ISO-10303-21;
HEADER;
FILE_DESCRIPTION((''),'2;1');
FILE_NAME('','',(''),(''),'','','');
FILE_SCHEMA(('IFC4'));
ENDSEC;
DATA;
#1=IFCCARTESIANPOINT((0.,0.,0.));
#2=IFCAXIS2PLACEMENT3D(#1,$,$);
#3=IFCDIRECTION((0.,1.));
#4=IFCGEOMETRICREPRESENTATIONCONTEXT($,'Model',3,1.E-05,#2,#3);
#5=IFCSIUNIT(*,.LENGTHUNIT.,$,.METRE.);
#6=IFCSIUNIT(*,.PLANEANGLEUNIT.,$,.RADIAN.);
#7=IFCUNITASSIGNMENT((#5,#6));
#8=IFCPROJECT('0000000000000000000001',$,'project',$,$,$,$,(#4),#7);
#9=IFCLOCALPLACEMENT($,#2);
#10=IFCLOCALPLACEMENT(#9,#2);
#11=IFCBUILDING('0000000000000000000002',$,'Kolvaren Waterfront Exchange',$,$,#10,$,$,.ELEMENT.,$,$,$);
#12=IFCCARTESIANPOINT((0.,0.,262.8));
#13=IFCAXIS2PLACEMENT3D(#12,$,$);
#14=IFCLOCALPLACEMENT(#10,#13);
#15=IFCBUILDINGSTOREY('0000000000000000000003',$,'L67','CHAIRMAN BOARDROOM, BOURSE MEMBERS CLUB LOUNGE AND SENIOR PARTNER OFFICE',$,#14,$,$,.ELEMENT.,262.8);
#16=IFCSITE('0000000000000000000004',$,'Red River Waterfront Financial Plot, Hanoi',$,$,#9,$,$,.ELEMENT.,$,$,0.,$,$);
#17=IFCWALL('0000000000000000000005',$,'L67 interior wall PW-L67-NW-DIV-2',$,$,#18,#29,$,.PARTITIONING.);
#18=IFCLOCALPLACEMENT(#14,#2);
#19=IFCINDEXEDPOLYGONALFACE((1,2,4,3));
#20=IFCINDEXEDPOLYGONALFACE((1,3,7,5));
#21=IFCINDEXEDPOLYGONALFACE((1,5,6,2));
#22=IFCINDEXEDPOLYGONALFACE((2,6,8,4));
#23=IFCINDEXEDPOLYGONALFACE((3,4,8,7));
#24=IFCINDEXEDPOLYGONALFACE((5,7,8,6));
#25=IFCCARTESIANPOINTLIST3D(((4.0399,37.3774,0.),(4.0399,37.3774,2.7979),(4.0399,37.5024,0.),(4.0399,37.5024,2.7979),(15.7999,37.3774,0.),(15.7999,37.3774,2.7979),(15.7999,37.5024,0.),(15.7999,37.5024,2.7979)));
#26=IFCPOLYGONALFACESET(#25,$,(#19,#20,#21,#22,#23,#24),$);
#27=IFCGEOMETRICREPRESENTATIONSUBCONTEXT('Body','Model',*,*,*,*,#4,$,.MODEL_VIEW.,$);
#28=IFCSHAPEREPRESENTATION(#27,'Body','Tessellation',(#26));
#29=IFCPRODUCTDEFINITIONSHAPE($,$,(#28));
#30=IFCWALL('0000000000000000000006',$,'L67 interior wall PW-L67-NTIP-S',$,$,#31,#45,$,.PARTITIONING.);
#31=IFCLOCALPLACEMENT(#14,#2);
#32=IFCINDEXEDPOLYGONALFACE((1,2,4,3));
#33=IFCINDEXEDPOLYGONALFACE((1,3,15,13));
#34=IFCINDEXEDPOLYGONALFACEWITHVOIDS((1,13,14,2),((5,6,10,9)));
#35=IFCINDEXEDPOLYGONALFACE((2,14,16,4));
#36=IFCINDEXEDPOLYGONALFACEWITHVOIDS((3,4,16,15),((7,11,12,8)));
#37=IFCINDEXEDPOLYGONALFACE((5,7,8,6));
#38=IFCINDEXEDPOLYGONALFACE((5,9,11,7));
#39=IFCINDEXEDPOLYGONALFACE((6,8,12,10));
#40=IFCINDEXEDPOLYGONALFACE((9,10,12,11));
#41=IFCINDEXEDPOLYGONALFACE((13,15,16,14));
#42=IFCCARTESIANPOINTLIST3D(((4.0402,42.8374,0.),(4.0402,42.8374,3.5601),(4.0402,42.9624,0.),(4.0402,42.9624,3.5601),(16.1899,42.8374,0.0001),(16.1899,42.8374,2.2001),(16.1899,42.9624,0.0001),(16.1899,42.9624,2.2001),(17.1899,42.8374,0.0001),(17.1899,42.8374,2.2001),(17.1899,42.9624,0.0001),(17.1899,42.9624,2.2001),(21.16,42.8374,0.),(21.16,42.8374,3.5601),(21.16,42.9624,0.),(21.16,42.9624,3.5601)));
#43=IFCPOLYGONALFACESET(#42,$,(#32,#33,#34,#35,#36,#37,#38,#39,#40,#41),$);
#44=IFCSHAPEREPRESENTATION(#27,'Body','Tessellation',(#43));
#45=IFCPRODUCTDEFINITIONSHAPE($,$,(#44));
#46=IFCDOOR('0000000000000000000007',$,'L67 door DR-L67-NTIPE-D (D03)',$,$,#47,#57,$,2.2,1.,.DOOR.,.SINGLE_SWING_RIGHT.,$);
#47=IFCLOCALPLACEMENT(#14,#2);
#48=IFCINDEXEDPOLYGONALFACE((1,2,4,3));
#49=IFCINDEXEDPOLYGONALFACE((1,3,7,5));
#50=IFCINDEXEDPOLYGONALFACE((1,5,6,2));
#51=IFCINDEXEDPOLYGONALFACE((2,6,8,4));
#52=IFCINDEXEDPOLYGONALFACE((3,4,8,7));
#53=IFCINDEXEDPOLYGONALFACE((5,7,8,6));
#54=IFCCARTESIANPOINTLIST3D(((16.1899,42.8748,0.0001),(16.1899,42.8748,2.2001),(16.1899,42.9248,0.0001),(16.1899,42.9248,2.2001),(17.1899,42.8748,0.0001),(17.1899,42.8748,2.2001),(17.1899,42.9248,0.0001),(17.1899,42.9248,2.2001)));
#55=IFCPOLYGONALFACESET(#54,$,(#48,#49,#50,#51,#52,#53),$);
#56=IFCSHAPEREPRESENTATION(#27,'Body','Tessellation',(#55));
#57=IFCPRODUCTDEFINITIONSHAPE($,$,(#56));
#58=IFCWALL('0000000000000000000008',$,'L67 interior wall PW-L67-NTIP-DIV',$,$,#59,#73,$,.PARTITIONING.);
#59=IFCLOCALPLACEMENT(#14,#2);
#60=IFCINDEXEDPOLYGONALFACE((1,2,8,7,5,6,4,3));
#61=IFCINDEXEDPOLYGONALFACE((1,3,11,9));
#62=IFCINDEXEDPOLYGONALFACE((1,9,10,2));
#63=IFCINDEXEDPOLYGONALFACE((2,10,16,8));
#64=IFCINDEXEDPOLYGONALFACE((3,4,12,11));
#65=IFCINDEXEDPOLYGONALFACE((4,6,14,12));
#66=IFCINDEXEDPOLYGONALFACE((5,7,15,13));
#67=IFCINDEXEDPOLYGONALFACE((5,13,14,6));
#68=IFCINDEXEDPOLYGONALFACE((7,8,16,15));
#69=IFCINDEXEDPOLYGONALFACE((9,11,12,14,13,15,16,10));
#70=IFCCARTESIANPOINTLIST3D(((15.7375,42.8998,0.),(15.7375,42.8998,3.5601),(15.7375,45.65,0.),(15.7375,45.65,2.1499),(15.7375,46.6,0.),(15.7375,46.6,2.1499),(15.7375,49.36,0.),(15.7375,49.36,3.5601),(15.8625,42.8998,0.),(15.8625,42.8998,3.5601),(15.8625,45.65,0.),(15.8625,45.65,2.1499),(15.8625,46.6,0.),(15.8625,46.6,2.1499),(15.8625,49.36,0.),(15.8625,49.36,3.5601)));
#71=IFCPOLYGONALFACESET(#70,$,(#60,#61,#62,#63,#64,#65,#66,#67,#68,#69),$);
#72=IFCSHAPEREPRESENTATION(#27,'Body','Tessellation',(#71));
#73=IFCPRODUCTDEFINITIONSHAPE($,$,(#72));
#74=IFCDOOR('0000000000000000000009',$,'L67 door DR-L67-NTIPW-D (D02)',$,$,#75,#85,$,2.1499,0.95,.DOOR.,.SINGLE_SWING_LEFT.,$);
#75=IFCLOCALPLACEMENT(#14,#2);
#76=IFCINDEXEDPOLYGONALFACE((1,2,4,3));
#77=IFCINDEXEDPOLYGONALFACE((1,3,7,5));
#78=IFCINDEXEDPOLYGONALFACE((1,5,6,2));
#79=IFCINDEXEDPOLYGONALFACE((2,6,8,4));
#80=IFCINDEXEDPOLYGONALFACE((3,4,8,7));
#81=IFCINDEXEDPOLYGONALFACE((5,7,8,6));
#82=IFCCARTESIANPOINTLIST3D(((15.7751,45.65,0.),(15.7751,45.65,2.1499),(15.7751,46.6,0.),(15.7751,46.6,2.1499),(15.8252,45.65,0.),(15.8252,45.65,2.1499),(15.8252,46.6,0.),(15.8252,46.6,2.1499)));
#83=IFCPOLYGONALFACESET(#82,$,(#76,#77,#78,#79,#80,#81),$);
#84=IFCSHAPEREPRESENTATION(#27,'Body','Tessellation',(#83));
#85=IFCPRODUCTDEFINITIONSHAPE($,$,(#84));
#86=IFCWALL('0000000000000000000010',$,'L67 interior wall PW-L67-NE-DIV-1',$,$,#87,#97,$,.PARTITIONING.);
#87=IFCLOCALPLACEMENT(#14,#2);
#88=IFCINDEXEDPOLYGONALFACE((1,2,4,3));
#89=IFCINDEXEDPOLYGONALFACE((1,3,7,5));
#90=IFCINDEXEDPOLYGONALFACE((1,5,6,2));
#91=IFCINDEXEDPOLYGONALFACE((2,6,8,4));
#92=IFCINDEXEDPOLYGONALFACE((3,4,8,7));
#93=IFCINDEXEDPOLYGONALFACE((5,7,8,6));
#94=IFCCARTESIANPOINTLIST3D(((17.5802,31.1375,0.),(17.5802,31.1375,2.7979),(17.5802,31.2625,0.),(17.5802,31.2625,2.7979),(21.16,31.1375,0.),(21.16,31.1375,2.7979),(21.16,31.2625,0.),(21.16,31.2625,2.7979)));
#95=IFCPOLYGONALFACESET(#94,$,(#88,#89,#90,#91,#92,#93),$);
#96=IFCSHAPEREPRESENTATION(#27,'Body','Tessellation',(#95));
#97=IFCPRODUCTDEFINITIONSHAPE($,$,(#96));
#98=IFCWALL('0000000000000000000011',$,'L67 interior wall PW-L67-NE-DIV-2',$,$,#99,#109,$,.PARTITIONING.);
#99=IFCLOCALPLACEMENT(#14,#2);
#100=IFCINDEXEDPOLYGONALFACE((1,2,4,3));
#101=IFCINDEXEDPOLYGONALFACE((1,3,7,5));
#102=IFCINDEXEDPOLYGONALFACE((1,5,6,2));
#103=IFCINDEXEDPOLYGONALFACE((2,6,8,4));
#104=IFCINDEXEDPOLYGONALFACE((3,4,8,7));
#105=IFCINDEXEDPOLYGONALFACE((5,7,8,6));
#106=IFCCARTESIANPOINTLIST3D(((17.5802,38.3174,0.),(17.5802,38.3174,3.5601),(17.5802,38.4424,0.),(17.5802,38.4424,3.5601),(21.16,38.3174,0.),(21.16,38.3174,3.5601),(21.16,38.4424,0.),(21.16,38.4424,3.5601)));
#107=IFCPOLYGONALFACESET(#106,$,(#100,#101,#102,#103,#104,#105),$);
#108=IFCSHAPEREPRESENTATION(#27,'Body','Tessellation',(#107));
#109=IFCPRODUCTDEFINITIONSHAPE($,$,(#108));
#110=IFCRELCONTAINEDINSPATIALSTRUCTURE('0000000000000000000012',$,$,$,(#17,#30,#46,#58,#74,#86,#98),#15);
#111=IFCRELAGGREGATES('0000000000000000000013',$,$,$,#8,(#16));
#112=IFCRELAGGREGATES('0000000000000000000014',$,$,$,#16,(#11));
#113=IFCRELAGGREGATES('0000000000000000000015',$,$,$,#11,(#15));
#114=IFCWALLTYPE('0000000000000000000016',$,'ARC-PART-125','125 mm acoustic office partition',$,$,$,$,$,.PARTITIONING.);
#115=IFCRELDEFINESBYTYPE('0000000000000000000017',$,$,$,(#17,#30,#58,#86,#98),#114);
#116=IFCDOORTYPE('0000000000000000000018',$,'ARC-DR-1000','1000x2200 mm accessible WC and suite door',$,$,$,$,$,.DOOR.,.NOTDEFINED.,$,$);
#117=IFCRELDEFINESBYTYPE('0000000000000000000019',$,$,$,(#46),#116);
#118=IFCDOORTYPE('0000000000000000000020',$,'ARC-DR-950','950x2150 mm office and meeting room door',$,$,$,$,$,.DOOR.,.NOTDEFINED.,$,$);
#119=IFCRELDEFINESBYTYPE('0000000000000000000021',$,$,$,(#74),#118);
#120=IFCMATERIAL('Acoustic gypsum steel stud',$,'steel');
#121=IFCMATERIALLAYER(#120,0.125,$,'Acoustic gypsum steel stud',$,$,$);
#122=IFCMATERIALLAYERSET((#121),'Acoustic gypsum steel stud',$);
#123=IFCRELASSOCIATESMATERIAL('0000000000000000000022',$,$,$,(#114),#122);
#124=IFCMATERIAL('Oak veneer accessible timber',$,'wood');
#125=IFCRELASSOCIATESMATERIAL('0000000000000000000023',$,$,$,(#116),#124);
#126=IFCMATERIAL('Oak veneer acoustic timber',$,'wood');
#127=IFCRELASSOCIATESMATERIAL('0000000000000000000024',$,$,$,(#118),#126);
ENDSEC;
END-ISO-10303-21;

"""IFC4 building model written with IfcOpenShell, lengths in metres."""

from ifc_helpers import new_model, si_unit, direction, frame, frame_2d, origin, place, context, subcontext, project, spatial, rectangle, extrude, material, layer, layer_set, type_object, element, fill, save


model = new_model("IFC4")

# Units and contexts
model_context = context("Model", 3, precision=1e-05, world=origin(), true_north=direction((0.0, 1.0)))
body_context = subcontext(model_context, "Body", "Model", "MODEL_VIEW")
ifc_project = project(units=[si_unit("LENGTHUNIT", "METRE"), si_unit("PLANEANGLEUNIT", "RADIAN")], contexts=[model_context])

# Site, building, storey
site_placement = place(None, origin())
site = spatial("IfcSite", under=ifc_project, at=site_placement, Name="Red River Waterfront Financial Plot, Hanoi", CompositionType="ELEMENT", RefElevation=0.0)
building_placement = place(site_placement, origin())
building = spatial("IfcBuilding", under=site, at=building_placement, Name="Kolvaren Waterfront Exchange", CompositionType="ELEMENT")
storey_placement = place(building_placement, frame((0.0, 0.0, 262.8)))
storey = spatial("IfcBuildingStorey", under=building, at=storey_placement, Name="L67", Description="CHAIRMAN BOARDROOM, BOURSE MEMBERS CLUB LOUNGE AND SENIOR PARTNER OFFICE", CompositionType="ELEMENT", Elevation=262.8)

# Wall
ifc_material_1 = material(Name="Acoustic gypsum steel stud", Category="steel")
ifc_layer_1 = layer(ifc_material_1, 0.125, Name="Acoustic gypsum steel stud")
ifc_layer_set_1 = layer_set([ifc_layer_1], Name="Acoustic gypsum steel stud")
wall_type_1 = type_object("IfcWallType", Name="ARC-PART-125", Description="125 mm acoustic office partition", PredefinedType="PARTITIONING", material=ifc_layer_set_1)
for number, where, z_axis, x_axis, name in (
    (1, (4.04, 37.4399, 0.0), (0.0, 0.0, 1.0), (1.0, 0.0, 0.0), "L67 interior wall PW-L67-NW-DIV-2"),
):
    element("IfcWall", number, at=place(storey_placement, frame(where, z_axis=z_axis, x_axis=x_axis)), inside=storey, type_object=wall_type_1, Name=name, PredefinedType="PARTITIONING", context=body_context, shape_type="SweptSolid", body=[
        extrude(rectangle(XDim=11.76, YDim=0.125, at=frame_2d((5.8799, 0.0))), origin(), (0.0, 0.0, 1.0), 2.7979),
    ])

# Walls, openings, doors
wall_1_placement = place(storey_placement, frame((4.04, 42.8999, 0.0), z_axis=(0.0, 0.0, 1.0), x_axis=(1.0, 0.0, 0.0)))
wall_1 = element("IfcWall", 2, at=wall_1_placement, inside=storey, type_object=wall_type_1, Name="L67 interior wall PW-L67-NTIP-S", PredefinedType="PARTITIONING", context=body_context, shape_type="SweptSolid", body=[
    extrude(rectangle(XDim=17.1199, YDim=0.125, at=frame_2d((8.5601, 0.0))), origin(), (0.0, 0.0, 1.0), 3.5601),
])
opening_1_placement = place(wall_1_placement, frame((12.1499, 0.0, 0.0)))
opening_1 = element("IfcOpeningElement", 3, at=opening_1_placement, cuts=wall_1, PredefinedType="OPENING", context=body_context, shape_type="SweptSolid", body=[
    extrude(rectangle(XDim=1.0, YDim=2.2, at=frame_2d((0.5, 1.1001))), frame((0.0, 0.0725, 0.0), z_axis=(0.0, -1.0, 0.0), x_axis=(1.0, 0.0, 0.0)), (0.0, 0.0, 1.0), 0.145),
])
ifc_material_2 = material(Name="Oak veneer accessible timber", Category="wood")
door_type_1 = type_object("IfcDoorType", Name="ARC-DR-1000", Description="1000x2200 mm accessible WC and suite door", OperationType="NOTDEFINED", PredefinedType="DOOR", material=ifc_material_2)
door_1_placement = place(opening_1_placement, origin())
door_1 = element("IfcDoor", 4, at=door_1_placement, inside=storey, type_object=door_type_1, Name="L67 door DR-L67-NTIPE-D (D03)", OperationType="SINGLE_SWING_RIGHT", OverallHeight=2.2, OverallWidth=1.0, PredefinedType="DOOR", context=body_context, shape_type="SweptSolid", body=[
    extrude(rectangle(XDim=1.0, YDim=2.2, at=frame_2d((0.5, 1.1001))), frame((0.0, 0.0249, 0.0), z_axis=(0.0, -1.0, 0.0), x_axis=(1.0, 0.0, 0.0)), (0.0, 0.0, 1.0), 0.05),
])
fill(opening_1, door_1)
wall_2_placement = place(storey_placement, frame((15.8, 42.8999, 0.0), z_axis=(0.0, 0.0, 1.0), x_axis=(0.0, 1.0, 0.0)))
wall_2 = element("IfcWall", 5, at=wall_2_placement, inside=storey, type_object=wall_type_1, Name="L67 interior wall PW-L67-NTIP-DIV", PredefinedType="PARTITIONING", context=body_context, shape_type="SweptSolid", body=[
    extrude(rectangle(XDim=6.4602, YDim=0.125, at=frame_2d((3.23, 0.0))), origin(), (0.0, 0.0, 1.0), 3.5601),
])
opening_2_placement = place(wall_2_placement, frame((2.75, 0.0, 0.0)))
opening_2 = element("IfcOpeningElement", 6, at=opening_2_placement, cuts=wall_2, PredefinedType="OPENING", context=body_context, shape_type="SweptSolid", body=[
    extrude(rectangle(XDim=0.95, YDim=2.1499, at=frame_2d((0.4751, 1.075))), frame((0.0, 0.0725, 0.0), z_axis=(0.0, -1.0, 0.0), x_axis=(1.0, 0.0, 0.0)), (0.0, 0.0, 1.0), 0.145),
])
ifc_material_3 = material(Name="Oak veneer acoustic timber", Category="wood")
door_type_2 = type_object("IfcDoorType", Name="ARC-DR-950", Description="950x2150 mm office and meeting room door", OperationType="NOTDEFINED", PredefinedType="DOOR", material=ifc_material_3)
door_2_placement = place(opening_2_placement, origin())
door_2 = element("IfcDoor", 7, at=door_2_placement, inside=storey, type_object=door_type_2, Name="L67 door DR-L67-NTIPW-D (D02)", OperationType="SINGLE_SWING_LEFT", OverallHeight=2.1499, OverallWidth=0.95, PredefinedType="DOOR", context=body_context, shape_type="SweptSolid", body=[
    extrude(rectangle(XDim=0.95, YDim=2.1499, at=frame_2d((0.4751, 1.075))), frame((0.0, 0.0249, 0.0), z_axis=(0.0, -1.0, 0.0), x_axis=(1.0, 0.0, 0.0)), (0.0, 0.0, 1.0), 0.05),
])
fill(opening_2, door_2)

# Walls
wall_3_placement = place(storey_placement, frame((17.5801, 31.2, 0.0), z_axis=(0.0, 0.0, 1.0), x_axis=(1.0, 0.0, 0.0)))
element("IfcWall", 8, at=wall_3_placement, inside=storey, type_object=wall_type_1, Name="L67 interior wall PW-L67-NE-DIV-1", PredefinedType="PARTITIONING", context=body_context, shape_type="SweptSolid", body=[
    extrude(rectangle(XDim=3.5798, YDim=0.125, at=frame_2d((1.79, 0.0))), origin(), (0.0, 0.0, 1.0), 2.7979),
])
wall_4_placement = place(storey_placement, frame((17.5801, 38.3799, 0.0), z_axis=(0.0, 0.0, 1.0), x_axis=(1.0, 0.0, 0.0)))
element("IfcWall", 9, at=wall_4_placement, inside=storey, type_object=wall_type_1, Name="L67 interior wall PW-L67-NE-DIV-2", PredefinedType="PARTITIONING", context=body_context, shape_type="SweptSolid", body=[
    extrude(rectangle(XDim=3.5798, YDim=0.125, at=frame_2d((1.79, 0.0))), origin(), (0.0, 0.0, 1.0), 3.5601),
])

save(model, "model.ifc")
